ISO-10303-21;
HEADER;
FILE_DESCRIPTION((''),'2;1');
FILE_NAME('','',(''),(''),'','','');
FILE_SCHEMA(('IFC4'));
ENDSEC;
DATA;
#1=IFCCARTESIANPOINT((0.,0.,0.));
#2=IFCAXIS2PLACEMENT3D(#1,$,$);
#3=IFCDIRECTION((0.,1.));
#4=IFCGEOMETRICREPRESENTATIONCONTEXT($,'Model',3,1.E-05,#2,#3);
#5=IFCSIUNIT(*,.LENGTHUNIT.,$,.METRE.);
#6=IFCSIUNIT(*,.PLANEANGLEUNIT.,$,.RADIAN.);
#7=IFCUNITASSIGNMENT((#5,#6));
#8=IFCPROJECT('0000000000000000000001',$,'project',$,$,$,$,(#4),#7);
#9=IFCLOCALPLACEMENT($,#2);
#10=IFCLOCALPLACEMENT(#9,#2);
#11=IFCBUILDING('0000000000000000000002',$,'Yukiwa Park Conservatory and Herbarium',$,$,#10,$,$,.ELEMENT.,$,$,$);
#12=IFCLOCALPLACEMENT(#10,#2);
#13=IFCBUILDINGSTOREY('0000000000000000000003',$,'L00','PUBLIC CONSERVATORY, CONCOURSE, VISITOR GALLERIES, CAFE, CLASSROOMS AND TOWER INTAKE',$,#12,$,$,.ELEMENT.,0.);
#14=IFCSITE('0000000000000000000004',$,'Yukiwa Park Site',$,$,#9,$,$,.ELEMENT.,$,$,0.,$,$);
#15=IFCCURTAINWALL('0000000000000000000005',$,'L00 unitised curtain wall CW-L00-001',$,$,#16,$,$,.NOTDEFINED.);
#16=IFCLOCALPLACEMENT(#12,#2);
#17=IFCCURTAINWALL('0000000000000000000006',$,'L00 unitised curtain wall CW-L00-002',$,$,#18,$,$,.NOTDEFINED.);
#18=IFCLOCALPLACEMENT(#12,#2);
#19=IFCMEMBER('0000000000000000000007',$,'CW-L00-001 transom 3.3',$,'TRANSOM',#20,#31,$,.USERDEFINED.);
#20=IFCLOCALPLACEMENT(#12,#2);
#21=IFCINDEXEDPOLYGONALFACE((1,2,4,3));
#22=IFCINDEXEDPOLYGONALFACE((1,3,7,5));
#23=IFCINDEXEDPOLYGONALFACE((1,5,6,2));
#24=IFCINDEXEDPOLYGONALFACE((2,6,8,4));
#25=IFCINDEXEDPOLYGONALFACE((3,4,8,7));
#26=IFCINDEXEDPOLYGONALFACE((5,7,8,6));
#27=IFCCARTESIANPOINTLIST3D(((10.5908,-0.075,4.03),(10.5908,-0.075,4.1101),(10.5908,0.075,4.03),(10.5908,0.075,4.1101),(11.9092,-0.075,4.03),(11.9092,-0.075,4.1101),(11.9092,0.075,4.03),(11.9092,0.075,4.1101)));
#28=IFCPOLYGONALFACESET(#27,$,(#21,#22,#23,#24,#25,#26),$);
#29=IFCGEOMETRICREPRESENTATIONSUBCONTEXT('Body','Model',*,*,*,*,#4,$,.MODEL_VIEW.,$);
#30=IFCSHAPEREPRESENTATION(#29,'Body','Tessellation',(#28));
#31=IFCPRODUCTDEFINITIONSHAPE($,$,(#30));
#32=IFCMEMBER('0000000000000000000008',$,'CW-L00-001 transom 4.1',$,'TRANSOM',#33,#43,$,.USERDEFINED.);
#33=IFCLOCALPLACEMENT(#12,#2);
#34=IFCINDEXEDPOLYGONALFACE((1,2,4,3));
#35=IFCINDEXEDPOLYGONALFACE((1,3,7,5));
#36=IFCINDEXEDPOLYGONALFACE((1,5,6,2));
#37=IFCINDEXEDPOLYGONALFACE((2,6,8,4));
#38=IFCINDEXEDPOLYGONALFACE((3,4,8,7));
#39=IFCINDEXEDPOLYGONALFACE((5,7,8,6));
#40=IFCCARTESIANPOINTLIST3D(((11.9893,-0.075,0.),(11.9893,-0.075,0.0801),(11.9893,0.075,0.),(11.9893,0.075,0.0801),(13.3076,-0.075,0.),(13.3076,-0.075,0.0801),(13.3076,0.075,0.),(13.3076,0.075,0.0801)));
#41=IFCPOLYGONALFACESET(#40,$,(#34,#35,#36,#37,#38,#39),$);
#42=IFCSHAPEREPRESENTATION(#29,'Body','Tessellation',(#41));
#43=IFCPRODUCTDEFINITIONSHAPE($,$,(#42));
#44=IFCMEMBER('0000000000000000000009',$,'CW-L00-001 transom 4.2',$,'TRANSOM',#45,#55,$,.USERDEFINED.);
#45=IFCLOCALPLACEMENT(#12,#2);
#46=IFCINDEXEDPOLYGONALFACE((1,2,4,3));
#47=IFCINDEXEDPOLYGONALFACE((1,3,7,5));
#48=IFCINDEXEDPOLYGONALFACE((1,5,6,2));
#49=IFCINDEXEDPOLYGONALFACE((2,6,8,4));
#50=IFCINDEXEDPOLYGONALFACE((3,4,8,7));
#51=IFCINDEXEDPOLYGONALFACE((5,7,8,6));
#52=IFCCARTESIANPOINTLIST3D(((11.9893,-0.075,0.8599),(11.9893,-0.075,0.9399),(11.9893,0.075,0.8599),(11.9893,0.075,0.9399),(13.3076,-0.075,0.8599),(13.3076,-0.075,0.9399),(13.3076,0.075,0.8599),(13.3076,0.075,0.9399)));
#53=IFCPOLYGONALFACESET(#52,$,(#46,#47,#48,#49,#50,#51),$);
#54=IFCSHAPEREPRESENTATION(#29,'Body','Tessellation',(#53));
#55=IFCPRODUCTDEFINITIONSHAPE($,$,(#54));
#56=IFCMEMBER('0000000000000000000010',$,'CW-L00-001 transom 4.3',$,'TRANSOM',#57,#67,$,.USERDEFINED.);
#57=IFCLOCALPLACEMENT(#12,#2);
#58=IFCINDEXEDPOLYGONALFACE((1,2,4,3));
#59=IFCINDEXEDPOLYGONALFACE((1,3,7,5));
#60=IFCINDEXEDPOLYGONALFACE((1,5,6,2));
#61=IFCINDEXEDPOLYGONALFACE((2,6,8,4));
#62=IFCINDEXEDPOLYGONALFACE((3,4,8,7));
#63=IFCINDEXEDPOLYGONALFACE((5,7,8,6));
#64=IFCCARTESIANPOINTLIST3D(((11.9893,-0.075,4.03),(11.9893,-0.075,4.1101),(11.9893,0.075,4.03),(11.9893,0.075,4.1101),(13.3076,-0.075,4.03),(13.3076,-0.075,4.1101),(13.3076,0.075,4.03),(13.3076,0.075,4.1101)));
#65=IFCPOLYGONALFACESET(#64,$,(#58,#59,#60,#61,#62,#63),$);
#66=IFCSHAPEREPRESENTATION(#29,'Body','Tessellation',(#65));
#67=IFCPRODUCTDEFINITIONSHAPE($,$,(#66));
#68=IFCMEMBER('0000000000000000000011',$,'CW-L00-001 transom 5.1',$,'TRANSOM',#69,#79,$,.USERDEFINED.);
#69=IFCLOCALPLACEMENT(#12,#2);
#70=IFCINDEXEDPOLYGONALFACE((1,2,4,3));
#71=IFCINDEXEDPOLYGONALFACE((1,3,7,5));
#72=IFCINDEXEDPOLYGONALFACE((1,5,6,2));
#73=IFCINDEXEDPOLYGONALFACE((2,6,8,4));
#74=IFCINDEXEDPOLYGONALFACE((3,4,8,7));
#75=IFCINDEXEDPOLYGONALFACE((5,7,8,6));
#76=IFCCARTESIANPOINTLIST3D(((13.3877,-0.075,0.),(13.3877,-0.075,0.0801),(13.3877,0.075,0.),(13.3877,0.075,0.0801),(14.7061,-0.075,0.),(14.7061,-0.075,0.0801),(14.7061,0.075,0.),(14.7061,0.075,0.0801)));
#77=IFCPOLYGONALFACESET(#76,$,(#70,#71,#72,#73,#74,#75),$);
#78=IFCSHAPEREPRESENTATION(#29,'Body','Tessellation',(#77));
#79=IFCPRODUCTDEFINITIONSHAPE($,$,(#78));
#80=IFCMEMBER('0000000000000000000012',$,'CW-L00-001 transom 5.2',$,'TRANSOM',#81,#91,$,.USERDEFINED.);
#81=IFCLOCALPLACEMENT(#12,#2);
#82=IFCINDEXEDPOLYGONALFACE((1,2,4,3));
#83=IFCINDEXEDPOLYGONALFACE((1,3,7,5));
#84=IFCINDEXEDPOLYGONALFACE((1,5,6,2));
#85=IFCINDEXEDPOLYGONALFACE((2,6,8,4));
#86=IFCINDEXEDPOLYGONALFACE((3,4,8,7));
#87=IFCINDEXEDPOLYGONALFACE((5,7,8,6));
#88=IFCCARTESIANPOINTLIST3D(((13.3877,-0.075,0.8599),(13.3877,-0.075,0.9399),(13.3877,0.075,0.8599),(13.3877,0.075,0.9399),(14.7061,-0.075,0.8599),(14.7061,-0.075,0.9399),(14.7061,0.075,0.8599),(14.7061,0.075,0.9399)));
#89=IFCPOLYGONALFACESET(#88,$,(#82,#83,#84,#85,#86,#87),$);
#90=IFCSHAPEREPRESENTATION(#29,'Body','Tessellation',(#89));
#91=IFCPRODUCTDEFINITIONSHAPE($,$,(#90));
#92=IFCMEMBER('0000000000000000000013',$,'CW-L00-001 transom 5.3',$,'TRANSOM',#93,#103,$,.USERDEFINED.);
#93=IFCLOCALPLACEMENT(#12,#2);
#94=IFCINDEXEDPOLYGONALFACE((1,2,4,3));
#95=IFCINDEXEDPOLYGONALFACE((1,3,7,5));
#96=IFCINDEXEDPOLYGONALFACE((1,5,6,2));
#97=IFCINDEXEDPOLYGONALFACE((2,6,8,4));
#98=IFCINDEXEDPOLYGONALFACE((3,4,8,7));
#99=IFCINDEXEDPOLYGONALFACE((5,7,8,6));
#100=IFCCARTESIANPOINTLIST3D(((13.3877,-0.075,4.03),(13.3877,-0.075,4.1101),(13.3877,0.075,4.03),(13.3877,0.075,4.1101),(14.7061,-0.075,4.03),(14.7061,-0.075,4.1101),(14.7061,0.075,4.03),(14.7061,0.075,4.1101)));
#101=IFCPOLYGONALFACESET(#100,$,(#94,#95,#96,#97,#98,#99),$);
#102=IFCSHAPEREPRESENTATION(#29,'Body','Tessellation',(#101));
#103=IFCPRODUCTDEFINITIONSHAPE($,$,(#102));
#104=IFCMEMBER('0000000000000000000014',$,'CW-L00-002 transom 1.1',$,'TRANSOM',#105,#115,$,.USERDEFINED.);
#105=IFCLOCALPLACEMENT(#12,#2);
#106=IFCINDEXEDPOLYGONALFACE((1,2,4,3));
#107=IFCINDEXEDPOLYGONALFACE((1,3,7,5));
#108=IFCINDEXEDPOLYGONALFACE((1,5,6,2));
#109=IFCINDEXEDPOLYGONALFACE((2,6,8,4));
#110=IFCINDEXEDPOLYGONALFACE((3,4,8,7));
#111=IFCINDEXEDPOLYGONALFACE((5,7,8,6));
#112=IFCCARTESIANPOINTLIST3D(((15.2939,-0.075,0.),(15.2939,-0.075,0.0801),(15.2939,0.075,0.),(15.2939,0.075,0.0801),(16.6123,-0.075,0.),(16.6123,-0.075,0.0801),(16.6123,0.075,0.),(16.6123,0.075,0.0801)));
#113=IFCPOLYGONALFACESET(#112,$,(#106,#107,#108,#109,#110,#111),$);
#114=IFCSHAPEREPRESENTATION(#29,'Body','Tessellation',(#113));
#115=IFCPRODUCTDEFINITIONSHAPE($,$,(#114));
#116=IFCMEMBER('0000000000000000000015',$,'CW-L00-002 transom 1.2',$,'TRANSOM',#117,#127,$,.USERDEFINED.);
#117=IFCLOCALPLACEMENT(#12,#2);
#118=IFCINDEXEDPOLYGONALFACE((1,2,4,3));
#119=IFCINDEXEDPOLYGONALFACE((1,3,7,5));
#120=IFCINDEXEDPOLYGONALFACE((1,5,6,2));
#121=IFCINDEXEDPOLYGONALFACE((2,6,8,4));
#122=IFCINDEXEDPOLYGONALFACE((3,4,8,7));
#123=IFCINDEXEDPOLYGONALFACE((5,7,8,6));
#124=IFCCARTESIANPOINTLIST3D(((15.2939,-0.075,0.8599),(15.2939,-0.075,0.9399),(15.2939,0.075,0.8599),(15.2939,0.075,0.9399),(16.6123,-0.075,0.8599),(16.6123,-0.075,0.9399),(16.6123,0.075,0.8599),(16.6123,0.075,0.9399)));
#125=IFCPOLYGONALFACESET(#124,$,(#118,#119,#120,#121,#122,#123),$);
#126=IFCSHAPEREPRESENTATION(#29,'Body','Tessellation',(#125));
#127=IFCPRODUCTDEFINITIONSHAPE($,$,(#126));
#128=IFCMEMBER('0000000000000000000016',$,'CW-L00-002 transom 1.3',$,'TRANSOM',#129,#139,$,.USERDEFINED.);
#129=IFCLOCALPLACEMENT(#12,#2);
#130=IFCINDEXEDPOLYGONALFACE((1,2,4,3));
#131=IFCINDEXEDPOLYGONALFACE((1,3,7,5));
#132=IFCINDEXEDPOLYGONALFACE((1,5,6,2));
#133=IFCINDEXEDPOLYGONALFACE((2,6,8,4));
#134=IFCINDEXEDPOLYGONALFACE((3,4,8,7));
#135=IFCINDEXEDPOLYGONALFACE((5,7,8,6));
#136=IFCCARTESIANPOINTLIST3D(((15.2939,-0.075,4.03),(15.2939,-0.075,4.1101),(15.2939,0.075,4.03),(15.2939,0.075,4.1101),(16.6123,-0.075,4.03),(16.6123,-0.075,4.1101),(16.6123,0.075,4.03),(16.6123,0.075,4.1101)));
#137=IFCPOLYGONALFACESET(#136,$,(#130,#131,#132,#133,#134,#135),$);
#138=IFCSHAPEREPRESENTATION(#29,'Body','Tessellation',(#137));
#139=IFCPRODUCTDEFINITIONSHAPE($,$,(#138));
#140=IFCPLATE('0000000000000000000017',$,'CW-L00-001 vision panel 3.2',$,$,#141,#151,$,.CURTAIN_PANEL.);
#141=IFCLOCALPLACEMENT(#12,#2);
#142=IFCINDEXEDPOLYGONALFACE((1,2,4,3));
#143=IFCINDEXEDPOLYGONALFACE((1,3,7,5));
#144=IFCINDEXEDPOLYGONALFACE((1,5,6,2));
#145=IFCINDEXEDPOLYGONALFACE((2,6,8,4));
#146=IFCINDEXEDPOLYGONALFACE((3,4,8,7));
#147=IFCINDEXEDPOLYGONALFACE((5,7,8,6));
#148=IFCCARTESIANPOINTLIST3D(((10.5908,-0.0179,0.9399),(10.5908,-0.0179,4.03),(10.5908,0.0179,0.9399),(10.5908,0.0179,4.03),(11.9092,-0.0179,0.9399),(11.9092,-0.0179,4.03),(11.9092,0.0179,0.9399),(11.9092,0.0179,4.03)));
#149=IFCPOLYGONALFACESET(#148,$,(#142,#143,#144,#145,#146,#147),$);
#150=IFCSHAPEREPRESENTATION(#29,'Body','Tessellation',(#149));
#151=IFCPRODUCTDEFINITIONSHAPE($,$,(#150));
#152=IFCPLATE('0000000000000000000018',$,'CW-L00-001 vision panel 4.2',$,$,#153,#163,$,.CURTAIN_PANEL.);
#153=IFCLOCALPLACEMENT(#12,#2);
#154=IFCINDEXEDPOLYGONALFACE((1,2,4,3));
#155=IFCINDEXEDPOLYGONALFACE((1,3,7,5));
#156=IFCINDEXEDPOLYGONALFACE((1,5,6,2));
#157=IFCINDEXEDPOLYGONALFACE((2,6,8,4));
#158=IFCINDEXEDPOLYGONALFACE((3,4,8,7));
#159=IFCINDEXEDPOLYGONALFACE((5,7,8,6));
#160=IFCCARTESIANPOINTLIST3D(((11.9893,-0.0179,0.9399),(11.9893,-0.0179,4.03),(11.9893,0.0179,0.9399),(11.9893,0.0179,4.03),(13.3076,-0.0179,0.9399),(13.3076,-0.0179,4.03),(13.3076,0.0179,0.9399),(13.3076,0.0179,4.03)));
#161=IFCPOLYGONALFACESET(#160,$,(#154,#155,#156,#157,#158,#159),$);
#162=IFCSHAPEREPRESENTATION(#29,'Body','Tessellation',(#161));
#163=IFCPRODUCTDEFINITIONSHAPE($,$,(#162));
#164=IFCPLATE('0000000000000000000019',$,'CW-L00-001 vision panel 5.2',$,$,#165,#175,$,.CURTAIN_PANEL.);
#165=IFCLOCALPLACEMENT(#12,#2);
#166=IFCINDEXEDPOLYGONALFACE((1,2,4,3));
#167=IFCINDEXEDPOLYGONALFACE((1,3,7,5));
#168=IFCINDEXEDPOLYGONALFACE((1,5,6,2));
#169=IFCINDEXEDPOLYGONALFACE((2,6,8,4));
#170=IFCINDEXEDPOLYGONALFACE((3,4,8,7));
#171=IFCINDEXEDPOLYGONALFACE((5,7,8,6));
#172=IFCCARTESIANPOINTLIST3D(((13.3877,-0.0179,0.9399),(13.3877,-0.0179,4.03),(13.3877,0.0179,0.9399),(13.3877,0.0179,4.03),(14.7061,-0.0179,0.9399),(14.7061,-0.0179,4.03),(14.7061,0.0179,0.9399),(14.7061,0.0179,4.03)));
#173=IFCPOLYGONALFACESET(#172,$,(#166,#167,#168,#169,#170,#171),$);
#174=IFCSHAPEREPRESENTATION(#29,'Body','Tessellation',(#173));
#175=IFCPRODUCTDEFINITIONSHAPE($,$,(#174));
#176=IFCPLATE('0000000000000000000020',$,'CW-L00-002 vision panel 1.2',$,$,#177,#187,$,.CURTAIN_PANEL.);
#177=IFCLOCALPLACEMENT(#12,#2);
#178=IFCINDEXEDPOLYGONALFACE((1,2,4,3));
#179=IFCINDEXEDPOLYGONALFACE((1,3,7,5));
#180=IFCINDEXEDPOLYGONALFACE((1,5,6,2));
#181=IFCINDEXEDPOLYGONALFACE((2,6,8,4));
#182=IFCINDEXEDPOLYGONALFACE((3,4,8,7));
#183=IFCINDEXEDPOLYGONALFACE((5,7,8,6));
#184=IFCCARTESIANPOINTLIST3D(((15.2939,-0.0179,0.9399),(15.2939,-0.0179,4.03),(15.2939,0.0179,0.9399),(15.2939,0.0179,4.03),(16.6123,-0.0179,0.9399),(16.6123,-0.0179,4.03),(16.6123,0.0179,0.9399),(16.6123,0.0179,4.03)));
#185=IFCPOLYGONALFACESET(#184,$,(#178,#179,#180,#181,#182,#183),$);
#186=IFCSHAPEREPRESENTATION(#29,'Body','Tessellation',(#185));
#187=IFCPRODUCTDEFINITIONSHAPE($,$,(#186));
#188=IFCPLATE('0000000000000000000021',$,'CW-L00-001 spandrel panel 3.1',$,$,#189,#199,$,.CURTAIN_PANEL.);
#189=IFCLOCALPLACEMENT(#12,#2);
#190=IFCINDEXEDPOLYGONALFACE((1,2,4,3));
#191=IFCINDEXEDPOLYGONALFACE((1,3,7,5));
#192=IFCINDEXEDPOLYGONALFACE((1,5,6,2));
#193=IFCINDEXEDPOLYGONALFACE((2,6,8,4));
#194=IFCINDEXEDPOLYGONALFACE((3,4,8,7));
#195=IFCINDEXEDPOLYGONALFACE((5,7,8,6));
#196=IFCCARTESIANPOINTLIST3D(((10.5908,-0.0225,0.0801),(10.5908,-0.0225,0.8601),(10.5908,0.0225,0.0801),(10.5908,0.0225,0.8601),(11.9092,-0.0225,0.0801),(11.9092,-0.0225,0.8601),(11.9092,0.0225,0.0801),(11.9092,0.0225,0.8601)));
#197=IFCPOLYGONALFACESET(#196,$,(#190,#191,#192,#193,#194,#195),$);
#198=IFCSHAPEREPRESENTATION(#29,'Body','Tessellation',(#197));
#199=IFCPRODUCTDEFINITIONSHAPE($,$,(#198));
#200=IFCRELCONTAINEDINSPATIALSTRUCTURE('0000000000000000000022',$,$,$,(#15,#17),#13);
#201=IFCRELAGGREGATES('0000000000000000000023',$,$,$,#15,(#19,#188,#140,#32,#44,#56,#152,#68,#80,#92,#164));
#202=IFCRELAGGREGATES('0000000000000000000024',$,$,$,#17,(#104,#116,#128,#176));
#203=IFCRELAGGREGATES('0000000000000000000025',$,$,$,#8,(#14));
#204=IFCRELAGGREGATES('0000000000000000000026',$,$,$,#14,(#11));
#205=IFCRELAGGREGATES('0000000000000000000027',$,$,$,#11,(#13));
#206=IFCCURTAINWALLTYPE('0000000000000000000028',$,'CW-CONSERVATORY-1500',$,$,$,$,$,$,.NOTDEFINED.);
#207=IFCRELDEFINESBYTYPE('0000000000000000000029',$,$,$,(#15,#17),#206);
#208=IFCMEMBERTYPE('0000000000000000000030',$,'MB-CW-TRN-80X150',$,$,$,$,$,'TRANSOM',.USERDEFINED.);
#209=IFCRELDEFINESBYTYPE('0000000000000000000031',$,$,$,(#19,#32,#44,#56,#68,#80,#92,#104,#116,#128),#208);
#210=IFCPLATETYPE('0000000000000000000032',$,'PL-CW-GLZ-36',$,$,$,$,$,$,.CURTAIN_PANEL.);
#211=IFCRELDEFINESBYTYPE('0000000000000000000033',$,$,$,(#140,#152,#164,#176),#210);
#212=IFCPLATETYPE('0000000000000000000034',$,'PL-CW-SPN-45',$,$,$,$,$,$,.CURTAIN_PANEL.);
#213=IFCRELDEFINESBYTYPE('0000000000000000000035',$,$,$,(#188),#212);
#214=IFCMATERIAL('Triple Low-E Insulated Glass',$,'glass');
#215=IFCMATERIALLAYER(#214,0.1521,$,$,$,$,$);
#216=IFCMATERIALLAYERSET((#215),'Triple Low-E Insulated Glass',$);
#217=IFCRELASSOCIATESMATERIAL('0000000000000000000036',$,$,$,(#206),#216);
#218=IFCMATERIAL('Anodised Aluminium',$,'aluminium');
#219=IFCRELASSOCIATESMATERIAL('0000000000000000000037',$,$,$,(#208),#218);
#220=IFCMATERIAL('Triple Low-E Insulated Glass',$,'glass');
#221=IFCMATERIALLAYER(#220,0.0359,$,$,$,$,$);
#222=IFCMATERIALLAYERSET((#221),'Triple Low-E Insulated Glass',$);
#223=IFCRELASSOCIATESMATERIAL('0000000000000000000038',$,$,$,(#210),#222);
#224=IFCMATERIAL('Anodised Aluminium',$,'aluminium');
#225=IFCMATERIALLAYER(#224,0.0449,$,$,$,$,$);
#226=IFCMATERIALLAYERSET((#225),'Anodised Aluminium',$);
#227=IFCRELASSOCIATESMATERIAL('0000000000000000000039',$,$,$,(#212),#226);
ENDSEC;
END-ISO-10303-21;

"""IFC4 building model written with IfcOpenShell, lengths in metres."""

from ifc_helpers import new_model, si_unit, direction, frame, origin, origin_2d, place, context, subcontext, project, spatial, rectangle, extrude, material, layer, layer_set, type_object, element, aggregate, save


model = new_model("IFC4")

# Units and contexts
model_context = context("Model", 3, precision=1e-05, world=origin(), true_north=direction((0.0, 1.0)))
body_context = subcontext(model_context, "Body", "Model", "MODEL_VIEW")
ifc_project = project(units=[si_unit("LENGTHUNIT", "METRE"), si_unit("PLANEANGLEUNIT", "RADIAN")], contexts=[model_context])

# Site, building, storey
site_placement = place(None, origin())
site = spatial("IfcSite", under=ifc_project, at=site_placement, Name="Yukiwa Park Site", CompositionType="ELEMENT", RefElevation=0.0)
building_placement = place(site_placement, origin())
building = spatial("IfcBuilding", under=site, at=building_placement, Name="Yukiwa Park Conservatory and Herbarium", CompositionType="ELEMENT")
storey_placement = place(building_placement, origin())
storey = spatial("IfcBuildingStorey", under=building, at=storey_placement, Name="L00", Description="PUBLIC CONSERVATORY, CONCOURSE, VISITOR GALLERIES, CAFE, CLASSROOMS AND TOWER INTAKE", CompositionType="ELEMENT", Elevation=0.0)

# Curtain wall
ifc_material_1 = material(Name="Triple Low-E Insulated Glass", Category="glass")
ifc_layer_1 = layer(ifc_material_1, 0.1521)
ifc_layer_set_1 = layer_set([ifc_layer_1], Name="Triple Low-E Insulated Glass")
curtain_wall_type = type_object("IfcCurtainWallType", Name="CW-CONSERVATORY-1500", PredefinedType="NOTDEFINED", material=ifc_layer_set_1)
curtain_wall_1_placement = place(storey_placement, origin())
curtain_wall_1 = element("IfcCurtainWall", 1, at=curtain_wall_1_placement, inside=storey, type_object=curtain_wall_type, Name="L00 unitised curtain wall CW-L00-001", PredefinedType="NOTDEFINED")

# Curtain wall
curtain_wall_2_placement = place(storey_placement, origin())
curtain_wall_2 = element("IfcCurtainWall", 2, at=curtain_wall_2_placement, inside=storey, type_object=curtain_wall_type, Name="L00 unitised curtain wall CW-L00-002", PredefinedType="NOTDEFINED")

# Members
ifc_material_2 = material(Name="Anodised Aluminium", Category="aluminium")
member_type_1 = type_object("IfcMemberType", Name="MB-CW-TRN-80X150", ElementType="TRANSOM", PredefinedType="USERDEFINED", material=ifc_material_2)
member_1_placement = place(storey_placement, frame((11.25, 0.0, 4.03), z_axis=(0.0, 0.0, 1.0), x_axis=(1.0, 0.0, 0.0)))
member_1 = element("IfcMember", 3, at=member_1_placement, type_object=member_type_1, Name="CW-L00-001 transom 3.3", ObjectType="TRANSOM", PredefinedType="USERDEFINED", context=body_context, shape_type="SweptSolid", body=[
    extrude(rectangle(XDim=1.3184, YDim=0.1499, at=origin_2d()), origin(), (0.0, 0.0, 1.0), 0.0801),
])
member_2_placement = place(storey_placement, frame((12.6484, 0.0, 0.0), z_axis=(0.0, 0.0, 1.0), x_axis=(1.0, 0.0, 0.0)))
member_2 = element("IfcMember", 4, at=member_2_placement, type_object=member_type_1, Name="CW-L00-001 transom 4.1", ObjectType="TRANSOM", PredefinedType="USERDEFINED", context=body_context, shape_type="SweptSolid", body=[
    extrude(rectangle(XDim=1.3184, YDim=0.1499, at=origin_2d()), origin(), (0.0, 0.0, 1.0), 0.0801),
])
member_3_placement = place(storey_placement, frame((12.6484, 0.0, 0.8599), z_axis=(0.0, 0.0, 1.0), x_axis=(1.0, 0.0, 0.0)))
member_3 = element("IfcMember", 5, at=member_3_placement, type_object=member_type_1, Name="CW-L00-001 transom 4.2", ObjectType="TRANSOM", PredefinedType="USERDEFINED", context=body_context, shape_type="SweptSolid", body=[
    extrude(rectangle(XDim=1.3184, YDim=0.1499, at=origin_2d()), origin(), (0.0, 0.0, 1.0), 0.0801),
])
member_4_placement = place(storey_placement, frame((12.6484, 0.0, 4.03), z_axis=(0.0, 0.0, 1.0), x_axis=(1.0, 0.0, 0.0)))
member_4 = element("IfcMember", 6, at=member_4_placement, type_object=member_type_1, Name="CW-L00-001 transom 4.3", ObjectType="TRANSOM", PredefinedType="USERDEFINED", context=body_context, shape_type="SweptSolid", body=[
    extrude(rectangle(XDim=1.3184, YDim=0.1499, at=origin_2d()), origin(), (0.0, 0.0, 1.0), 0.0801),
])
member_5_placement = place(storey_placement, frame((14.0469, 0.0, 0.0), z_axis=(0.0, 0.0, 1.0), x_axis=(1.0, 0.0, 0.0)))
member_5 = element("IfcMember", 7, at=member_5_placement, type_object=member_type_1, Name="CW-L00-001 transom 5.1", ObjectType="TRANSOM", PredefinedType="USERDEFINED", context=body_context, shape_type="SweptSolid", body=[
    extrude(rectangle(XDim=1.3184, YDim=0.1499, at=origin_2d()), origin(), (0.0, 0.0, 1.0), 0.0801),
])
member_6_placement = place(storey_placement, frame((14.0469, 0.0, 0.8599), z_axis=(0.0, 0.0, 1.0), x_axis=(1.0, 0.0, 0.0)))
member_6 = element("IfcMember", 8, at=member_6_placement, type_object=member_type_1, Name="CW-L00-001 transom 5.2", ObjectType="TRANSOM", PredefinedType="USERDEFINED", context=body_context, shape_type="SweptSolid", body=[
    extrude(rectangle(XDim=1.3184, YDim=0.1499, at=origin_2d()), origin(), (0.0, 0.0, 1.0), 0.0801),
])
member_7_placement = place(storey_placement, frame((14.0469, 0.0, 4.03), z_axis=(0.0, 0.0, 1.0), x_axis=(1.0, 0.0, 0.0)))
member_7 = element("IfcMember", 9, at=member_7_placement, type_object=member_type_1, Name="CW-L00-001 transom 5.3", ObjectType="TRANSOM", PredefinedType="USERDEFINED", context=body_context, shape_type="SweptSolid", body=[
    extrude(rectangle(XDim=1.3184, YDim=0.1499, at=origin_2d()), origin(), (0.0, 0.0, 1.0), 0.0801),
])
member_8_placement = place(storey_placement, frame((15.9531, 0.0, 0.0), z_axis=(0.0, 0.0, 1.0), x_axis=(1.0, 0.0, 0.0)))
member_8 = element("IfcMember", 10, at=member_8_placement, type_object=member_type_1, Name="CW-L00-002 transom 1.1", ObjectType="TRANSOM", PredefinedType="USERDEFINED", context=body_context, shape_type="SweptSolid", body=[
    extrude(rectangle(XDim=1.3184, YDim=0.1499, at=origin_2d()), origin(), (0.0, 0.0, 1.0), 0.0801),
])
member_9_placement = place(storey_placement, frame((15.9531, 0.0, 0.8599), z_axis=(0.0, 0.0, 1.0), x_axis=(1.0, 0.0, 0.0)))
member_9 = element("IfcMember", 11, at=member_9_placement, type_object=member_type_1, Name="CW-L00-002 transom 1.2", ObjectType="TRANSOM", PredefinedType="USERDEFINED", context=body_context, shape_type="SweptSolid", body=[
    extrude(rectangle(XDim=1.3184, YDim=0.1499, at=origin_2d()), origin(), (0.0, 0.0, 1.0), 0.0801),
])
member_10_placement = place(storey_placement, frame((15.9531, 0.0, 4.03), z_axis=(0.0, 0.0, 1.0), x_axis=(1.0, 0.0, 0.0)))
member_10 = element("IfcMember", 12, at=member_10_placement, type_object=member_type_1, Name="CW-L00-002 transom 1.3", ObjectType="TRANSOM", PredefinedType="USERDEFINED", context=body_context, shape_type="SweptSolid", body=[
    extrude(rectangle(XDim=1.3184, YDim=0.1499, at=origin_2d()), origin(), (0.0, 0.0, 1.0), 0.0801),
])

# Plates
ifc_material_3 = material(Name="Triple Low-E Insulated Glass", Category="glass")
ifc_layer_2 = layer(ifc_material_3, 0.0359)
ifc_layer_set_2 = layer_set([ifc_layer_2], Name="Triple Low-E Insulated Glass")
plate_type_1 = type_object("IfcPlateType", Name="PL-CW-GLZ-36", PredefinedType="CURTAIN_PANEL", material=ifc_layer_set_2)
plate_1_placement = place(storey_placement, frame((11.25, 0.0, 0.9399), z_axis=(0.0, 0.0, 1.0), x_axis=(1.0, 0.0, 0.0)))
plate_1 = element("IfcPlate", 13, at=plate_1_placement, type_object=plate_type_1, Name="CW-L00-001 vision panel 3.2", PredefinedType="CURTAIN_PANEL", context=body_context, shape_type="SweptSolid", body=[
    extrude(rectangle(XDim=1.3184, YDim=0.0359, at=origin_2d()), origin(), (0.0, 0.0, 1.0), 3.0901),
])
plate_2_placement = place(storey_placement, frame((12.6484, 0.0, 0.9399), z_axis=(0.0, 0.0, 1.0), x_axis=(1.0, 0.0, 0.0)))
plate_2 = element("IfcPlate", 14, at=plate_2_placement, type_object=plate_type_1, Name="CW-L00-001 vision panel 4.2", PredefinedType="CURTAIN_PANEL", context=body_context, shape_type="SweptSolid", body=[
    extrude(rectangle(XDim=1.3184, YDim=0.0359, at=origin_2d()), origin(), (0.0, 0.0, 1.0), 3.0901),
])
plate_3_placement = place(storey_placement, frame((14.0469, 0.0, 0.9399), z_axis=(0.0, 0.0, 1.0), x_axis=(1.0, 0.0, 0.0)))
plate_3 = element("IfcPlate", 15, at=plate_3_placement, type_object=plate_type_1, Name="CW-L00-001 vision panel 5.2", PredefinedType="CURTAIN_PANEL", context=body_context, shape_type="SweptSolid", body=[
    extrude(rectangle(XDim=1.3184, YDim=0.0359, at=origin_2d()), origin(), (0.0, 0.0, 1.0), 3.0901),
])
plate_4_placement = place(storey_placement, frame((15.9531, 0.0, 0.9399), z_axis=(0.0, 0.0, 1.0), x_axis=(1.0, 0.0, 0.0)))
plate_4 = element("IfcPlate", 16, at=plate_4_placement, type_object=plate_type_1, Name="CW-L00-002 vision panel 1.2", PredefinedType="CURTAIN_PANEL", context=body_context, shape_type="SweptSolid", body=[
    extrude(rectangle(XDim=1.3184, YDim=0.0359, at=origin_2d()), origin(), (0.0, 0.0, 1.0), 3.0901),
])
ifc_material_4 = material(Name="Anodised Aluminium", Category="aluminium")
ifc_layer_3 = layer(ifc_material_4, 0.0449)
ifc_layer_set_3 = layer_set([ifc_layer_3], Name="Anodised Aluminium")
plate_type_2 = type_object("IfcPlateType", Name="PL-CW-SPN-45", PredefinedType="CURTAIN_PANEL", material=ifc_layer_set_3)
plate_5_placement = place(storey_placement, frame((11.25, 0.0, 0.0801), z_axis=(0.0, 0.0, 1.0), x_axis=(1.0, 0.0, 0.0)))
plate_5 = element("IfcPlate", 17, at=plate_5_placement, type_object=plate_type_2, Name="CW-L00-001 spandrel panel 3.1", PredefinedType="CURTAIN_PANEL", context=body_context, shape_type="SweptSolid", body=[
    extrude(rectangle(XDim=1.3184, YDim=0.0449, at=origin_2d()), origin(), (0.0, 0.0, 1.0), 0.78),
])
aggregate(curtain_wall_1, [member_1, plate_5, plate_1, member_2, member_3, member_4, plate_2, member_5, member_6, member_7, plate_3])
aggregate(curtain_wall_2, [member_8, member_9, member_10, plate_4])

save(model, "model.ifc")
